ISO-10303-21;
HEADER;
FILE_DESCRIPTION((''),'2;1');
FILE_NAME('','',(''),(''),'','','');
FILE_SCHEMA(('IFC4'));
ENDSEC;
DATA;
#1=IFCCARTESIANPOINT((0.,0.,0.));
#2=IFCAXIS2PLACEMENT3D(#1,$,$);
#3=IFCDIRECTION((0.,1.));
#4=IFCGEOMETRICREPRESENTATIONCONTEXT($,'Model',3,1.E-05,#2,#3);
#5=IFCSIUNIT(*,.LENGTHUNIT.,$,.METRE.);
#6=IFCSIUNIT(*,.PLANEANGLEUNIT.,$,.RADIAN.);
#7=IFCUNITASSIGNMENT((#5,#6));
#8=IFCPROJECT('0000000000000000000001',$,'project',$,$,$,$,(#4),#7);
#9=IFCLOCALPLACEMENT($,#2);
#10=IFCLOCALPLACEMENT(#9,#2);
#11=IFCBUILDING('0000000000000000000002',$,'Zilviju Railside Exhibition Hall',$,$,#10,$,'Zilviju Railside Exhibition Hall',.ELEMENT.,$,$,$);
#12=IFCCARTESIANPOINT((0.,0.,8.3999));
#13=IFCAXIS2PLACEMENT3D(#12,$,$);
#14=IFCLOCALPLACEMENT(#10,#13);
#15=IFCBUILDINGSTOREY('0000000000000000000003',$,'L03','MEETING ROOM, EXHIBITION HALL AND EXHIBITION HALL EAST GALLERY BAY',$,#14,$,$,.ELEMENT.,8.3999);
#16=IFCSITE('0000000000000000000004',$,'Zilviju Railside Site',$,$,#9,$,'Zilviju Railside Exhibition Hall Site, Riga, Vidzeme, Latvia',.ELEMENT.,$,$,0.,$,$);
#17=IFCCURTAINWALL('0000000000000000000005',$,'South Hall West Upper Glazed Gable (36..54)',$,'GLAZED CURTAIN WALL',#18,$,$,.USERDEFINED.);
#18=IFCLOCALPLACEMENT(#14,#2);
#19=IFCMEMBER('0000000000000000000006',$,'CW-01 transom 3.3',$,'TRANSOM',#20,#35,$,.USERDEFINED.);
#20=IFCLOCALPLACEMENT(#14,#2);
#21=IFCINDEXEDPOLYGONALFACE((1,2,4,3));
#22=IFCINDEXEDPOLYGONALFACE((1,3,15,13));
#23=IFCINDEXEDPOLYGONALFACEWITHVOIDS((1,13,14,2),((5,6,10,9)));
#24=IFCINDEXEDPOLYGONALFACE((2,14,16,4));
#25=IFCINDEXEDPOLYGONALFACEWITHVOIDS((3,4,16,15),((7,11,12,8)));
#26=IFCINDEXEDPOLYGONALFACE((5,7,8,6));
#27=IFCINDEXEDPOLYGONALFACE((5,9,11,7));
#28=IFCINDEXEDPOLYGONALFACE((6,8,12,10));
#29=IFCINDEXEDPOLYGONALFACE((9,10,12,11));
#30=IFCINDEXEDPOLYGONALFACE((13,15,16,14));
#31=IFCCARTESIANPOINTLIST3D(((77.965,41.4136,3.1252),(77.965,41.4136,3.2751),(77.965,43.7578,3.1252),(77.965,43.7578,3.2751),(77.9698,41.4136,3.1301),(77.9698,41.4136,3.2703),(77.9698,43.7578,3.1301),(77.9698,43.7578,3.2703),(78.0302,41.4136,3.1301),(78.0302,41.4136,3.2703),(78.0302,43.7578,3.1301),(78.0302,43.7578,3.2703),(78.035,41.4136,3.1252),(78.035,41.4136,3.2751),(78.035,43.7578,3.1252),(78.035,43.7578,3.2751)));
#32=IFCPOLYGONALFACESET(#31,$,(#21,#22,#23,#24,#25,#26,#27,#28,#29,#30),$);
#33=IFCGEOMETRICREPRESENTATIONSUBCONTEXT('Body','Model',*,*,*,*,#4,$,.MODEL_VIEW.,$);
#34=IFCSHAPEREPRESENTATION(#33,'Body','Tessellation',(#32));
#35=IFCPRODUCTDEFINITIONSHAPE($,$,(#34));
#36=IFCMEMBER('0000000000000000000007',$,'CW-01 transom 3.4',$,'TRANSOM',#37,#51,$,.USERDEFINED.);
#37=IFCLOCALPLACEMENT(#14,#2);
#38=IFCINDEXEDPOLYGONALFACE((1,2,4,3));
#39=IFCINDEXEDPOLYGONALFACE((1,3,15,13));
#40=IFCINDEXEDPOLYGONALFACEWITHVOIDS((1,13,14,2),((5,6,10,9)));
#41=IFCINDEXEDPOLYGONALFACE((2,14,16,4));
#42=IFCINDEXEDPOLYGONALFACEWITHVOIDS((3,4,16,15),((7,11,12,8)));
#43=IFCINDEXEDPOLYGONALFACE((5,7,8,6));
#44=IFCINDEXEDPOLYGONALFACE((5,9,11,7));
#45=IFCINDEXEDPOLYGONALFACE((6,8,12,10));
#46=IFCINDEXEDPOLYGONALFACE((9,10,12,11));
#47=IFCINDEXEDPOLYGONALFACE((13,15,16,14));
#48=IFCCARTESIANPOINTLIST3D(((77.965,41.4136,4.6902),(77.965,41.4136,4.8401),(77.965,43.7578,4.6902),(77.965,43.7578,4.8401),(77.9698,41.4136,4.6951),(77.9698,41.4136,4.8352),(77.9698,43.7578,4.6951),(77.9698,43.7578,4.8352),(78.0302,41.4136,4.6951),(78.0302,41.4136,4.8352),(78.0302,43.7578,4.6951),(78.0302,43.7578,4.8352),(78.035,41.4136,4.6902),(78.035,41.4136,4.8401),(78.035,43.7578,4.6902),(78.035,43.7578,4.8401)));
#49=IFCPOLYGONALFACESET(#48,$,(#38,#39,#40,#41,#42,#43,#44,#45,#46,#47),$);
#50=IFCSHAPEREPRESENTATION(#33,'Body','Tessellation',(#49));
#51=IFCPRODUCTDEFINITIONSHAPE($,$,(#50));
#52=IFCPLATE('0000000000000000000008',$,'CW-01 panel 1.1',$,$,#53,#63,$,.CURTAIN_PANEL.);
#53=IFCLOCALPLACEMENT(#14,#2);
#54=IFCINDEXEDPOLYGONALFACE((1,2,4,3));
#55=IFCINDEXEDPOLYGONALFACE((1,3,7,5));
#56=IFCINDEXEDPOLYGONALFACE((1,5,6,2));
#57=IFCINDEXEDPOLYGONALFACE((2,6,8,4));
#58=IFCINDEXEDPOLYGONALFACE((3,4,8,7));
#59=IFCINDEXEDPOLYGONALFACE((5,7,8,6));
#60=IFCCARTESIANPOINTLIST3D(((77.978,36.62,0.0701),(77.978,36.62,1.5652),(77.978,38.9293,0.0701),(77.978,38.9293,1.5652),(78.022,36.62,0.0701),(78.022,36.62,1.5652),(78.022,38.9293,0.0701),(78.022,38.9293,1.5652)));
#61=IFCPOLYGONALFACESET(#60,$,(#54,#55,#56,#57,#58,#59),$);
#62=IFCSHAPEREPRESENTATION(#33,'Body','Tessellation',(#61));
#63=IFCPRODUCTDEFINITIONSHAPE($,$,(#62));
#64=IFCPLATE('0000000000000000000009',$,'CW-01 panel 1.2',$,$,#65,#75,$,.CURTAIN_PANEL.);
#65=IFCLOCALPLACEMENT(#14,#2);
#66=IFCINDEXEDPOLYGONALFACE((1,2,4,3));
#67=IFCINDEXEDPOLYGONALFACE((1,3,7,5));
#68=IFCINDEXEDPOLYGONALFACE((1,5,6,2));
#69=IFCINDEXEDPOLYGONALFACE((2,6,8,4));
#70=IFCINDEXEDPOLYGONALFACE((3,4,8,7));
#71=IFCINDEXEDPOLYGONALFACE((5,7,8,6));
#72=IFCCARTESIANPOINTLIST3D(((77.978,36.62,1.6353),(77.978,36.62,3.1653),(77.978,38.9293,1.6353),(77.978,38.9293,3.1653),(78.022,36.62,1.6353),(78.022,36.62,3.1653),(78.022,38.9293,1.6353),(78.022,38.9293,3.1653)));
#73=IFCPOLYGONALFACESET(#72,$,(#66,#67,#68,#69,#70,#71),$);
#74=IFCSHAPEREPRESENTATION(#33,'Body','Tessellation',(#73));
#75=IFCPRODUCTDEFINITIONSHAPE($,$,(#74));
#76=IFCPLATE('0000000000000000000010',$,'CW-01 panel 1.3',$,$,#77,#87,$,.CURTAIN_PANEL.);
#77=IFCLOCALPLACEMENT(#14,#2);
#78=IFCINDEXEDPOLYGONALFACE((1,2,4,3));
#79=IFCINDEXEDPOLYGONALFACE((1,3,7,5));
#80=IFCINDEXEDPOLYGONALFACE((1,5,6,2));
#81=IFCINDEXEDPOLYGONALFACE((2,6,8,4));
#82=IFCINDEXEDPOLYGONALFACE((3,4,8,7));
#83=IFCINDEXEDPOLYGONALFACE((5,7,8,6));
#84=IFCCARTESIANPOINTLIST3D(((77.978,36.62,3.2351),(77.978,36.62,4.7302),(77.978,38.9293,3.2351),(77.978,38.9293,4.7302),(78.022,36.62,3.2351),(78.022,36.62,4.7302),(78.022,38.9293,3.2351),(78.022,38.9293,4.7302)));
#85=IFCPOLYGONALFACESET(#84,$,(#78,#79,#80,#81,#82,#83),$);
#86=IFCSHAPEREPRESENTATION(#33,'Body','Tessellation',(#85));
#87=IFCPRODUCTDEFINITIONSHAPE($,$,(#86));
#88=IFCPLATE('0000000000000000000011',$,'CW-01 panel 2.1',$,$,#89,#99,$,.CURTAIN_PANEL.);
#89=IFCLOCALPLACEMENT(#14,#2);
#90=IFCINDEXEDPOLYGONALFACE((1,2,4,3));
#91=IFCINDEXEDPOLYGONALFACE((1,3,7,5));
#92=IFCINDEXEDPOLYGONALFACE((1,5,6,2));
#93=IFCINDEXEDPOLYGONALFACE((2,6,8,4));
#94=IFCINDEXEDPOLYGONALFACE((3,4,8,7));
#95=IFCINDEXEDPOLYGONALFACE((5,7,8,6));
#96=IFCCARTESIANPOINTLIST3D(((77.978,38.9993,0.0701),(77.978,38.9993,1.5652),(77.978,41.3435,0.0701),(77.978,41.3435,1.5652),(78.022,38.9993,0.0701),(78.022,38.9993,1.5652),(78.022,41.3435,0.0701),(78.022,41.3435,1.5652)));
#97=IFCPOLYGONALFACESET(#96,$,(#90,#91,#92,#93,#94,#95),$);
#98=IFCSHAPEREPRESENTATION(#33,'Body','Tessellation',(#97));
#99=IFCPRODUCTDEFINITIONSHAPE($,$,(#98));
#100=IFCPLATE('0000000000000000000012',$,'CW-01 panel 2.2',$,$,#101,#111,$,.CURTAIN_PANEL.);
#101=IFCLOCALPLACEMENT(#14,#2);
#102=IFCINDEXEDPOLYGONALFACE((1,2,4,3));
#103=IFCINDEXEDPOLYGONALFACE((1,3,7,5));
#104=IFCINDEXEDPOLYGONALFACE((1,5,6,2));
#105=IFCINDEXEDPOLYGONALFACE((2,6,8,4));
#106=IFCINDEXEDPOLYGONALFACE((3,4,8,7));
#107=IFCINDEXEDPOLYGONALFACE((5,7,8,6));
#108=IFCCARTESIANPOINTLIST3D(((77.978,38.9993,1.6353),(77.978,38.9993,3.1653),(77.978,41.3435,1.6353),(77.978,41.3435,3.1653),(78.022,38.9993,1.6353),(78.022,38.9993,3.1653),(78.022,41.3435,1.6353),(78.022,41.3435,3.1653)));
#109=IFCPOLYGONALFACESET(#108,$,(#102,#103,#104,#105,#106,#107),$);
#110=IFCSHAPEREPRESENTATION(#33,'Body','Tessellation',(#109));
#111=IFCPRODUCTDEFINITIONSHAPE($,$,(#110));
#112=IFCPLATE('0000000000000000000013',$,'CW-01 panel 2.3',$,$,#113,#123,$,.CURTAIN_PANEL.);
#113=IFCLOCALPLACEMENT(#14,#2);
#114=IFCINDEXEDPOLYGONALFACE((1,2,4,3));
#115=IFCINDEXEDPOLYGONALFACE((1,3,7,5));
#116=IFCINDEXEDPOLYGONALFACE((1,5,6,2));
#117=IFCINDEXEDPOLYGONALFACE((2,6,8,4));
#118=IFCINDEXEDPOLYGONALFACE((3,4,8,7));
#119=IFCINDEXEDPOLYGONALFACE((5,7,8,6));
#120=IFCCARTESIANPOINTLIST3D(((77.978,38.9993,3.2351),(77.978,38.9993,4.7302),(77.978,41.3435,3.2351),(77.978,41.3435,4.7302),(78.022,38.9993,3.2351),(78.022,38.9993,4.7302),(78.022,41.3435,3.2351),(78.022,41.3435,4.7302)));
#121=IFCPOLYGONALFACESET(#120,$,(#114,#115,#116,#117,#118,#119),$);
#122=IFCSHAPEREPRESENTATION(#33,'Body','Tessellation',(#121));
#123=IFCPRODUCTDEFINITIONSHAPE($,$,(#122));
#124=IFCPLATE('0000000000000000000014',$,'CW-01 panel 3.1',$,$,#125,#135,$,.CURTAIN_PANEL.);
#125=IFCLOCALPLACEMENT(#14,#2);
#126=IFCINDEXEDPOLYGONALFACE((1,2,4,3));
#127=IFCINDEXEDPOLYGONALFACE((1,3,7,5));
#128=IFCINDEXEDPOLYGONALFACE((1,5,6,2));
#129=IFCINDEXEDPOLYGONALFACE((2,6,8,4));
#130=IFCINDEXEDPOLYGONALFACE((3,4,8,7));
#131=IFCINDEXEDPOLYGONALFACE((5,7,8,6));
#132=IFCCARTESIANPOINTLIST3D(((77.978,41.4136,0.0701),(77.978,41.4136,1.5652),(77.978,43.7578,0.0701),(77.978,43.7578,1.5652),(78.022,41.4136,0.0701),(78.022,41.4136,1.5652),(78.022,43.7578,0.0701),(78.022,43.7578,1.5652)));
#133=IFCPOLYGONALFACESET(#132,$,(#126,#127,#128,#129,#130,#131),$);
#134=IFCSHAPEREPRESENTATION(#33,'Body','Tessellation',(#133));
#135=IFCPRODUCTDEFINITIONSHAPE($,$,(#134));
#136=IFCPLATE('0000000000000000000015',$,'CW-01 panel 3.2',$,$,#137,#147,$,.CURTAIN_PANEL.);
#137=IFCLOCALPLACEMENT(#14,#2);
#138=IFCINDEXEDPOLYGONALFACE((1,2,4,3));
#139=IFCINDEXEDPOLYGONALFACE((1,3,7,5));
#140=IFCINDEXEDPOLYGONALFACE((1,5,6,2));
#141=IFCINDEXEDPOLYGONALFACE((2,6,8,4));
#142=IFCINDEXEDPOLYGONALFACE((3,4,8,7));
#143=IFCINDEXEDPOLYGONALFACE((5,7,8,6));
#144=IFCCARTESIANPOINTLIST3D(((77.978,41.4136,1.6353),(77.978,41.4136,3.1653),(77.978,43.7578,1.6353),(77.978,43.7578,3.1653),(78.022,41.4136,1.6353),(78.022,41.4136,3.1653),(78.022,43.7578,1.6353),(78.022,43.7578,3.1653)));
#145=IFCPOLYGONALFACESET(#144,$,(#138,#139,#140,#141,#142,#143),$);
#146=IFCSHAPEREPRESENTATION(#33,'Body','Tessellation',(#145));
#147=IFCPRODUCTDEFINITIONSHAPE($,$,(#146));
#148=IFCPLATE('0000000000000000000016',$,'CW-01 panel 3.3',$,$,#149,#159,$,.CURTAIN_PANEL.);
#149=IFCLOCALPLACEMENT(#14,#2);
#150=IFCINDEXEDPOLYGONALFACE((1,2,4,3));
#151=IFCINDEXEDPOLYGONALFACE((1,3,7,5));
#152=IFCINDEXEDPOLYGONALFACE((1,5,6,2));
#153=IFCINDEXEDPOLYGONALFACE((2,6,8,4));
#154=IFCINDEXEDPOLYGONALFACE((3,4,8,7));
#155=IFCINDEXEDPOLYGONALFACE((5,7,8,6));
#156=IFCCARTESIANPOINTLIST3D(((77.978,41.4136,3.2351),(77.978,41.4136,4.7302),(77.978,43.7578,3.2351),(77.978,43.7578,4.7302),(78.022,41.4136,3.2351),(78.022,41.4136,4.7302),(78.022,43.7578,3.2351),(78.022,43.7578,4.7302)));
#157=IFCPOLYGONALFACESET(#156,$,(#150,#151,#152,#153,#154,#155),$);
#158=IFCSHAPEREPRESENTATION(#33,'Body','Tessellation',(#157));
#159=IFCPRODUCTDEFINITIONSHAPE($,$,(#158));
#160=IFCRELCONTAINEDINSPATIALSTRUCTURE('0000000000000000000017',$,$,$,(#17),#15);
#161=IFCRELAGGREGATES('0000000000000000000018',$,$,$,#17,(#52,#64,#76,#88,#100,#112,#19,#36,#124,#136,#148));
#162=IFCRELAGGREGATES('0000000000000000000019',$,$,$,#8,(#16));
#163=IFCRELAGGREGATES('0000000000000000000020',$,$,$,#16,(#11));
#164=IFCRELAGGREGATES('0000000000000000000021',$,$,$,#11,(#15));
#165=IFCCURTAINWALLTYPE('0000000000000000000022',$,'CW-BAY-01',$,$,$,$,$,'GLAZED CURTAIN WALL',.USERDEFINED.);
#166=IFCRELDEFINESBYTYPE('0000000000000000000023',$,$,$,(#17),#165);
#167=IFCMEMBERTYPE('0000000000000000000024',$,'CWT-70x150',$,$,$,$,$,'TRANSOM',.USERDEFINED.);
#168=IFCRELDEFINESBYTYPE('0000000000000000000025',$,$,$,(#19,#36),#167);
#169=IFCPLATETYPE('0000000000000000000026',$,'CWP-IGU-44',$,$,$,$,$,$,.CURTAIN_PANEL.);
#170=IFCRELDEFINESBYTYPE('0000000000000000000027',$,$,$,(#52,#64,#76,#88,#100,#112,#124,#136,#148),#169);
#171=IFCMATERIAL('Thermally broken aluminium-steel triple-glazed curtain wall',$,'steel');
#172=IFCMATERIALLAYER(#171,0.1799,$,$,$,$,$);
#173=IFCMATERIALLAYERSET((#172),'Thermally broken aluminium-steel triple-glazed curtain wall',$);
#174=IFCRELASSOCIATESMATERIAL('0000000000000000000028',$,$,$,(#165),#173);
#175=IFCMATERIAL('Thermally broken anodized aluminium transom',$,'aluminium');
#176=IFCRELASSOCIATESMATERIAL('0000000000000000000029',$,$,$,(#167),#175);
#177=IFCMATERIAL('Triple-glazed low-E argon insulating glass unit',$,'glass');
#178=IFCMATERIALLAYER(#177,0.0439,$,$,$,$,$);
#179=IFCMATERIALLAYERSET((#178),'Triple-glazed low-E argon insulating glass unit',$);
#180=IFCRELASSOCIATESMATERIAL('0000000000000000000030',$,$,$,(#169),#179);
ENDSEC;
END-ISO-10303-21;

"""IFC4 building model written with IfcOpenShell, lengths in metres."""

from ifc_helpers import new_model, si_unit, direction, frame, origin, origin_2d, place, context, subcontext, project, spatial, rectangle, hollow_rectangle, extrude, material, layer, layer_set, material_profile, profile_set, type_object, element, aggregate, save


model = new_model("IFC4")

# Units and contexts
model_context = context("Model", 3, precision=1e-05, world=origin(), true_north=direction((0.0, 1.0)))
body_context = subcontext(model_context, "Body", "Model", "MODEL_VIEW")
ifc_project = project(units=[si_unit("LENGTHUNIT", "METRE"), si_unit("PLANEANGLEUNIT", "RADIAN")], contexts=[model_context])

# Site, building, storey
site_placement = place(None, origin())
site = spatial("IfcSite", under=ifc_project, at=site_placement, Name="Zilviju Railside Site", LongName="Zilviju Railside Exhibition Hall Site, Riga, Vidzeme, Latvia", CompositionType="ELEMENT", RefElevation=0.0)
building_placement = place(site_placement, origin())
building = spatial("IfcBuilding", under=site, at=building_placement, Name="Zilviju Railside Exhibition Hall", LongName="Zilviju Railside Exhibition Hall", CompositionType="ELEMENT")
storey_placement = place(building_placement, frame((0.0, 0.0, 8.3999)))
storey = spatial("IfcBuildingStorey", under=building, at=storey_placement, Name="L03", Description="MEETING ROOM, EXHIBITION HALL AND EXHIBITION HALL EAST GALLERY BAY", CompositionType="ELEMENT", Elevation=8.3999)

# Curtain wall, members, plates
ifc_material_1 = material(Name="Thermally broken aluminium-steel triple-glazed curtain wall", Category="steel")
ifc_layer_1 = layer(ifc_material_1, 0.1799)
ifc_layer_set_1 = layer_set([ifc_layer_1], Name="Thermally broken aluminium-steel triple-glazed curtain wall")
curtain_wall_type = type_object("IfcCurtainWallType", Name="CW-BAY-01", ElementType="GLAZED CURTAIN WALL", PredefinedType="USERDEFINED", material=ifc_layer_set_1)
curtain_wall_placement = place(storey_placement, origin())
curtain_wall = element("IfcCurtainWall", 1, at=curtain_wall_placement, inside=storey, type_object=curtain_wall_type, Name="South Hall West Upper Glazed Gable (36..54)", ObjectType="GLAZED CURTAIN WALL", PredefinedType="USERDEFINED")
ifc_material_2 = material(Name="Thermally broken anodized aluminium transom", Category="aluminium")
ifc_material_profile_1 = material_profile(ifc_material_2, hollow_rectangle(XDim=0.0701, YDim=0.1499, WallThickness=0.0049, at=origin_2d()), Name="TRANSOM 150x70x5")
ifc_profile_set_1 = profile_set([ifc_material_profile_1], Name="Thermally broken anodized aluminium transom")
member_type_1 = type_object("IfcMemberType", Name="CWT-70x150", ElementType="TRANSOM", PredefinedType="USERDEFINED", material=ifc_profile_set_1)
member_1_placement = place(storey_placement, frame((78.0, 41.4136, 3.2002), z_axis=(0.0, 1.0, 0.0), x_axis=(-1.0, 0.0, 0.0)))
member_1 = element("IfcMember", 2, at=member_1_placement, type_object=member_type_1, Name="CW-01 transom 3.3", ObjectType="TRANSOM", PredefinedType="USERDEFINED", context=body_context, shape_type="SweptSolid", body=[
    extrude(hollow_rectangle(XDim=0.0701, YDim=0.1499, WallThickness=0.0049, at=origin_2d()), origin(), (0.0, 0.0, 1.0), 2.3442),
])
member_2_placement = place(storey_placement, frame((78.0, 41.4136, 4.7651), z_axis=(0.0, 1.0, 0.0), x_axis=(-1.0, 0.0, 0.0)))
member_2 = element("IfcMember", 3, at=member_2_placement, type_object=member_type_1, Name="CW-01 transom 3.4", ObjectType="TRANSOM", PredefinedType="USERDEFINED", context=body_context, shape_type="SweptSolid", body=[
    extrude(hollow_rectangle(XDim=0.0701, YDim=0.1499, WallThickness=0.0049, at=origin_2d()), origin(), (0.0, 0.0, 1.0), 2.3442),
])
ifc_material_3 = material(Name="Triple-glazed low-E argon insulating glass unit", Category="glass")
ifc_layer_2 = layer(ifc_material_3, 0.0439)
ifc_layer_set_2 = layer_set([ifc_layer_2], Name="Triple-glazed low-E argon insulating glass unit")
plate_type = type_object("IfcPlateType", Name="CWP-IGU-44", PredefinedType="CURTAIN_PANEL", material=ifc_layer_set_2)
plate_1_placement = place(storey_placement, frame((78.0, 37.7747, 0.0701), z_axis=(0.0, 0.0, 1.0), x_axis=(0.0, 1.0, 0.0)))
plate_1 = element("IfcPlate", 4, at=plate_1_placement, type_object=plate_type, Name="CW-01 panel 1.1", PredefinedType="CURTAIN_PANEL", context=body_context, shape_type="SweptSolid", body=[
    extrude(rectangle(XDim=2.3093, YDim=0.0439, at=origin_2d()), origin(), (0.0, 0.0, 1.0), 1.4951),
])
plate_2_placement = place(storey_placement, frame((78.0, 37.7747, 1.6353), z_axis=(0.0, 0.0, 1.0), x_axis=(0.0, 1.0, 0.0)))
plate_2 = element("IfcPlate", 5, at=plate_2_placement, type_object=plate_type, Name="CW-01 panel 1.2", PredefinedType="CURTAIN_PANEL", context=body_context, shape_type="SweptSolid", body=[
    extrude(rectangle(XDim=2.3093, YDim=0.0439, at=origin_2d()), origin(), (0.0, 0.0, 1.0), 1.53),
])
plate_3_placement = place(storey_placement, frame((78.0, 37.7747, 3.2351), z_axis=(0.0, 0.0, 1.0), x_axis=(0.0, 1.0, 0.0)))
plate_3 = element("IfcPlate", 6, at=plate_3_placement, type_object=plate_type, Name="CW-01 panel 1.3", PredefinedType="CURTAIN_PANEL", context=body_context, shape_type="SweptSolid", body=[
    extrude(rectangle(XDim=2.3093, YDim=0.0439, at=origin_2d()), origin(), (0.0, 0.0, 1.0), 1.4951),
])
plate_4_placement = place(storey_placement, frame((78.0, 40.1714, 0.0701), z_axis=(0.0, 0.0, 1.0), x_axis=(0.0, 1.0, 0.0)))
plate_4 = element("IfcPlate", 7, at=plate_4_placement, type_object=plate_type, Name="CW-01 panel 2.1", PredefinedType="CURTAIN_PANEL", context=body_context, shape_type="SweptSolid", body=[
    extrude(rectangle(XDim=2.3442, YDim=0.0439, at=origin_2d()), origin(), (0.0, 0.0, 1.0), 1.4951),
])
plate_5_placement = place(storey_placement, frame((78.0, 40.1714, 1.6353), z_axis=(0.0, 0.0, 1.0), x_axis=(0.0, 1.0, 0.0)))
plate_5 = element("IfcPlate", 8, at=plate_5_placement, type_object=plate_type, Name="CW-01 panel 2.2", PredefinedType="CURTAIN_PANEL", context=body_context, shape_type="SweptSolid", body=[
    extrude(rectangle(XDim=2.3442, YDim=0.0439, at=origin_2d()), origin(), (0.0, 0.0, 1.0), 1.53),
])
plate_6_placement = place(storey_placement, frame((78.0, 40.1714, 3.2351), z_axis=(0.0, 0.0, 1.0), x_axis=(0.0, 1.0, 0.0)))
plate_6 = element("IfcPlate", 9, at=plate_6_placement, type_object=plate_type, Name="CW-01 panel 2.3", PredefinedType="CURTAIN_PANEL", context=body_context, shape_type="SweptSolid", body=[
    extrude(rectangle(XDim=2.3442, YDim=0.0439, at=origin_2d()), origin(), (0.0, 0.0, 1.0), 1.4951),
])
plate_7_placement = place(storey_placement, frame((78.0, 42.5857, 0.0701), z_axis=(0.0, 0.0, 1.0), x_axis=(0.0, 1.0, 0.0)))
plate_7 = element("IfcPlate", 10, at=plate_7_placement, type_object=plate_type, Name="CW-01 panel 3.1", PredefinedType="CURTAIN_PANEL", context=body_context, shape_type="SweptSolid", body=[
    extrude(rectangle(XDim=2.3442, YDim=0.0439, at=origin_2d()), origin(), (0.0, 0.0, 1.0), 1.4951),
])
plate_8_placement = place(storey_placement, frame((78.0, 42.5857, 1.6353), z_axis=(0.0, 0.0, 1.0), x_axis=(0.0, 1.0, 0.0)))
plate_8 = element("IfcPlate", 11, at=plate_8_placement, type_object=plate_type, Name="CW-01 panel 3.2", PredefinedType="CURTAIN_PANEL", context=body_context, shape_type="SweptSolid", body=[
    extrude(rectangle(XDim=2.3442, YDim=0.0439, at=origin_2d()), origin(), (0.0, 0.0, 1.0), 1.53),
])
plate_9_placement = place(storey_placement, frame((78.0, 42.5857, 3.2351), z_axis=(0.0, 0.0, 1.0), x_axis=(0.0, 1.0, 0.0)))
plate_9 = element("IfcPlate", 12, at=plate_9_placement, type_object=plate_type, Name="CW-01 panel 3.3", PredefinedType="CURTAIN_PANEL", context=body_context, shape_type="SweptSolid", body=[
    extrude(rectangle(XDim=2.3442, YDim=0.0439, at=origin_2d()), origin(), (0.0, 0.0, 1.0), 1.4951),
])
aggregate(curtain_wall, [plate_1, plate_2, plate_3, plate_4, plate_5, plate_6, member_1, member_2, plate_7, plate_8, plate_9])

save(model, "model.ifc")
